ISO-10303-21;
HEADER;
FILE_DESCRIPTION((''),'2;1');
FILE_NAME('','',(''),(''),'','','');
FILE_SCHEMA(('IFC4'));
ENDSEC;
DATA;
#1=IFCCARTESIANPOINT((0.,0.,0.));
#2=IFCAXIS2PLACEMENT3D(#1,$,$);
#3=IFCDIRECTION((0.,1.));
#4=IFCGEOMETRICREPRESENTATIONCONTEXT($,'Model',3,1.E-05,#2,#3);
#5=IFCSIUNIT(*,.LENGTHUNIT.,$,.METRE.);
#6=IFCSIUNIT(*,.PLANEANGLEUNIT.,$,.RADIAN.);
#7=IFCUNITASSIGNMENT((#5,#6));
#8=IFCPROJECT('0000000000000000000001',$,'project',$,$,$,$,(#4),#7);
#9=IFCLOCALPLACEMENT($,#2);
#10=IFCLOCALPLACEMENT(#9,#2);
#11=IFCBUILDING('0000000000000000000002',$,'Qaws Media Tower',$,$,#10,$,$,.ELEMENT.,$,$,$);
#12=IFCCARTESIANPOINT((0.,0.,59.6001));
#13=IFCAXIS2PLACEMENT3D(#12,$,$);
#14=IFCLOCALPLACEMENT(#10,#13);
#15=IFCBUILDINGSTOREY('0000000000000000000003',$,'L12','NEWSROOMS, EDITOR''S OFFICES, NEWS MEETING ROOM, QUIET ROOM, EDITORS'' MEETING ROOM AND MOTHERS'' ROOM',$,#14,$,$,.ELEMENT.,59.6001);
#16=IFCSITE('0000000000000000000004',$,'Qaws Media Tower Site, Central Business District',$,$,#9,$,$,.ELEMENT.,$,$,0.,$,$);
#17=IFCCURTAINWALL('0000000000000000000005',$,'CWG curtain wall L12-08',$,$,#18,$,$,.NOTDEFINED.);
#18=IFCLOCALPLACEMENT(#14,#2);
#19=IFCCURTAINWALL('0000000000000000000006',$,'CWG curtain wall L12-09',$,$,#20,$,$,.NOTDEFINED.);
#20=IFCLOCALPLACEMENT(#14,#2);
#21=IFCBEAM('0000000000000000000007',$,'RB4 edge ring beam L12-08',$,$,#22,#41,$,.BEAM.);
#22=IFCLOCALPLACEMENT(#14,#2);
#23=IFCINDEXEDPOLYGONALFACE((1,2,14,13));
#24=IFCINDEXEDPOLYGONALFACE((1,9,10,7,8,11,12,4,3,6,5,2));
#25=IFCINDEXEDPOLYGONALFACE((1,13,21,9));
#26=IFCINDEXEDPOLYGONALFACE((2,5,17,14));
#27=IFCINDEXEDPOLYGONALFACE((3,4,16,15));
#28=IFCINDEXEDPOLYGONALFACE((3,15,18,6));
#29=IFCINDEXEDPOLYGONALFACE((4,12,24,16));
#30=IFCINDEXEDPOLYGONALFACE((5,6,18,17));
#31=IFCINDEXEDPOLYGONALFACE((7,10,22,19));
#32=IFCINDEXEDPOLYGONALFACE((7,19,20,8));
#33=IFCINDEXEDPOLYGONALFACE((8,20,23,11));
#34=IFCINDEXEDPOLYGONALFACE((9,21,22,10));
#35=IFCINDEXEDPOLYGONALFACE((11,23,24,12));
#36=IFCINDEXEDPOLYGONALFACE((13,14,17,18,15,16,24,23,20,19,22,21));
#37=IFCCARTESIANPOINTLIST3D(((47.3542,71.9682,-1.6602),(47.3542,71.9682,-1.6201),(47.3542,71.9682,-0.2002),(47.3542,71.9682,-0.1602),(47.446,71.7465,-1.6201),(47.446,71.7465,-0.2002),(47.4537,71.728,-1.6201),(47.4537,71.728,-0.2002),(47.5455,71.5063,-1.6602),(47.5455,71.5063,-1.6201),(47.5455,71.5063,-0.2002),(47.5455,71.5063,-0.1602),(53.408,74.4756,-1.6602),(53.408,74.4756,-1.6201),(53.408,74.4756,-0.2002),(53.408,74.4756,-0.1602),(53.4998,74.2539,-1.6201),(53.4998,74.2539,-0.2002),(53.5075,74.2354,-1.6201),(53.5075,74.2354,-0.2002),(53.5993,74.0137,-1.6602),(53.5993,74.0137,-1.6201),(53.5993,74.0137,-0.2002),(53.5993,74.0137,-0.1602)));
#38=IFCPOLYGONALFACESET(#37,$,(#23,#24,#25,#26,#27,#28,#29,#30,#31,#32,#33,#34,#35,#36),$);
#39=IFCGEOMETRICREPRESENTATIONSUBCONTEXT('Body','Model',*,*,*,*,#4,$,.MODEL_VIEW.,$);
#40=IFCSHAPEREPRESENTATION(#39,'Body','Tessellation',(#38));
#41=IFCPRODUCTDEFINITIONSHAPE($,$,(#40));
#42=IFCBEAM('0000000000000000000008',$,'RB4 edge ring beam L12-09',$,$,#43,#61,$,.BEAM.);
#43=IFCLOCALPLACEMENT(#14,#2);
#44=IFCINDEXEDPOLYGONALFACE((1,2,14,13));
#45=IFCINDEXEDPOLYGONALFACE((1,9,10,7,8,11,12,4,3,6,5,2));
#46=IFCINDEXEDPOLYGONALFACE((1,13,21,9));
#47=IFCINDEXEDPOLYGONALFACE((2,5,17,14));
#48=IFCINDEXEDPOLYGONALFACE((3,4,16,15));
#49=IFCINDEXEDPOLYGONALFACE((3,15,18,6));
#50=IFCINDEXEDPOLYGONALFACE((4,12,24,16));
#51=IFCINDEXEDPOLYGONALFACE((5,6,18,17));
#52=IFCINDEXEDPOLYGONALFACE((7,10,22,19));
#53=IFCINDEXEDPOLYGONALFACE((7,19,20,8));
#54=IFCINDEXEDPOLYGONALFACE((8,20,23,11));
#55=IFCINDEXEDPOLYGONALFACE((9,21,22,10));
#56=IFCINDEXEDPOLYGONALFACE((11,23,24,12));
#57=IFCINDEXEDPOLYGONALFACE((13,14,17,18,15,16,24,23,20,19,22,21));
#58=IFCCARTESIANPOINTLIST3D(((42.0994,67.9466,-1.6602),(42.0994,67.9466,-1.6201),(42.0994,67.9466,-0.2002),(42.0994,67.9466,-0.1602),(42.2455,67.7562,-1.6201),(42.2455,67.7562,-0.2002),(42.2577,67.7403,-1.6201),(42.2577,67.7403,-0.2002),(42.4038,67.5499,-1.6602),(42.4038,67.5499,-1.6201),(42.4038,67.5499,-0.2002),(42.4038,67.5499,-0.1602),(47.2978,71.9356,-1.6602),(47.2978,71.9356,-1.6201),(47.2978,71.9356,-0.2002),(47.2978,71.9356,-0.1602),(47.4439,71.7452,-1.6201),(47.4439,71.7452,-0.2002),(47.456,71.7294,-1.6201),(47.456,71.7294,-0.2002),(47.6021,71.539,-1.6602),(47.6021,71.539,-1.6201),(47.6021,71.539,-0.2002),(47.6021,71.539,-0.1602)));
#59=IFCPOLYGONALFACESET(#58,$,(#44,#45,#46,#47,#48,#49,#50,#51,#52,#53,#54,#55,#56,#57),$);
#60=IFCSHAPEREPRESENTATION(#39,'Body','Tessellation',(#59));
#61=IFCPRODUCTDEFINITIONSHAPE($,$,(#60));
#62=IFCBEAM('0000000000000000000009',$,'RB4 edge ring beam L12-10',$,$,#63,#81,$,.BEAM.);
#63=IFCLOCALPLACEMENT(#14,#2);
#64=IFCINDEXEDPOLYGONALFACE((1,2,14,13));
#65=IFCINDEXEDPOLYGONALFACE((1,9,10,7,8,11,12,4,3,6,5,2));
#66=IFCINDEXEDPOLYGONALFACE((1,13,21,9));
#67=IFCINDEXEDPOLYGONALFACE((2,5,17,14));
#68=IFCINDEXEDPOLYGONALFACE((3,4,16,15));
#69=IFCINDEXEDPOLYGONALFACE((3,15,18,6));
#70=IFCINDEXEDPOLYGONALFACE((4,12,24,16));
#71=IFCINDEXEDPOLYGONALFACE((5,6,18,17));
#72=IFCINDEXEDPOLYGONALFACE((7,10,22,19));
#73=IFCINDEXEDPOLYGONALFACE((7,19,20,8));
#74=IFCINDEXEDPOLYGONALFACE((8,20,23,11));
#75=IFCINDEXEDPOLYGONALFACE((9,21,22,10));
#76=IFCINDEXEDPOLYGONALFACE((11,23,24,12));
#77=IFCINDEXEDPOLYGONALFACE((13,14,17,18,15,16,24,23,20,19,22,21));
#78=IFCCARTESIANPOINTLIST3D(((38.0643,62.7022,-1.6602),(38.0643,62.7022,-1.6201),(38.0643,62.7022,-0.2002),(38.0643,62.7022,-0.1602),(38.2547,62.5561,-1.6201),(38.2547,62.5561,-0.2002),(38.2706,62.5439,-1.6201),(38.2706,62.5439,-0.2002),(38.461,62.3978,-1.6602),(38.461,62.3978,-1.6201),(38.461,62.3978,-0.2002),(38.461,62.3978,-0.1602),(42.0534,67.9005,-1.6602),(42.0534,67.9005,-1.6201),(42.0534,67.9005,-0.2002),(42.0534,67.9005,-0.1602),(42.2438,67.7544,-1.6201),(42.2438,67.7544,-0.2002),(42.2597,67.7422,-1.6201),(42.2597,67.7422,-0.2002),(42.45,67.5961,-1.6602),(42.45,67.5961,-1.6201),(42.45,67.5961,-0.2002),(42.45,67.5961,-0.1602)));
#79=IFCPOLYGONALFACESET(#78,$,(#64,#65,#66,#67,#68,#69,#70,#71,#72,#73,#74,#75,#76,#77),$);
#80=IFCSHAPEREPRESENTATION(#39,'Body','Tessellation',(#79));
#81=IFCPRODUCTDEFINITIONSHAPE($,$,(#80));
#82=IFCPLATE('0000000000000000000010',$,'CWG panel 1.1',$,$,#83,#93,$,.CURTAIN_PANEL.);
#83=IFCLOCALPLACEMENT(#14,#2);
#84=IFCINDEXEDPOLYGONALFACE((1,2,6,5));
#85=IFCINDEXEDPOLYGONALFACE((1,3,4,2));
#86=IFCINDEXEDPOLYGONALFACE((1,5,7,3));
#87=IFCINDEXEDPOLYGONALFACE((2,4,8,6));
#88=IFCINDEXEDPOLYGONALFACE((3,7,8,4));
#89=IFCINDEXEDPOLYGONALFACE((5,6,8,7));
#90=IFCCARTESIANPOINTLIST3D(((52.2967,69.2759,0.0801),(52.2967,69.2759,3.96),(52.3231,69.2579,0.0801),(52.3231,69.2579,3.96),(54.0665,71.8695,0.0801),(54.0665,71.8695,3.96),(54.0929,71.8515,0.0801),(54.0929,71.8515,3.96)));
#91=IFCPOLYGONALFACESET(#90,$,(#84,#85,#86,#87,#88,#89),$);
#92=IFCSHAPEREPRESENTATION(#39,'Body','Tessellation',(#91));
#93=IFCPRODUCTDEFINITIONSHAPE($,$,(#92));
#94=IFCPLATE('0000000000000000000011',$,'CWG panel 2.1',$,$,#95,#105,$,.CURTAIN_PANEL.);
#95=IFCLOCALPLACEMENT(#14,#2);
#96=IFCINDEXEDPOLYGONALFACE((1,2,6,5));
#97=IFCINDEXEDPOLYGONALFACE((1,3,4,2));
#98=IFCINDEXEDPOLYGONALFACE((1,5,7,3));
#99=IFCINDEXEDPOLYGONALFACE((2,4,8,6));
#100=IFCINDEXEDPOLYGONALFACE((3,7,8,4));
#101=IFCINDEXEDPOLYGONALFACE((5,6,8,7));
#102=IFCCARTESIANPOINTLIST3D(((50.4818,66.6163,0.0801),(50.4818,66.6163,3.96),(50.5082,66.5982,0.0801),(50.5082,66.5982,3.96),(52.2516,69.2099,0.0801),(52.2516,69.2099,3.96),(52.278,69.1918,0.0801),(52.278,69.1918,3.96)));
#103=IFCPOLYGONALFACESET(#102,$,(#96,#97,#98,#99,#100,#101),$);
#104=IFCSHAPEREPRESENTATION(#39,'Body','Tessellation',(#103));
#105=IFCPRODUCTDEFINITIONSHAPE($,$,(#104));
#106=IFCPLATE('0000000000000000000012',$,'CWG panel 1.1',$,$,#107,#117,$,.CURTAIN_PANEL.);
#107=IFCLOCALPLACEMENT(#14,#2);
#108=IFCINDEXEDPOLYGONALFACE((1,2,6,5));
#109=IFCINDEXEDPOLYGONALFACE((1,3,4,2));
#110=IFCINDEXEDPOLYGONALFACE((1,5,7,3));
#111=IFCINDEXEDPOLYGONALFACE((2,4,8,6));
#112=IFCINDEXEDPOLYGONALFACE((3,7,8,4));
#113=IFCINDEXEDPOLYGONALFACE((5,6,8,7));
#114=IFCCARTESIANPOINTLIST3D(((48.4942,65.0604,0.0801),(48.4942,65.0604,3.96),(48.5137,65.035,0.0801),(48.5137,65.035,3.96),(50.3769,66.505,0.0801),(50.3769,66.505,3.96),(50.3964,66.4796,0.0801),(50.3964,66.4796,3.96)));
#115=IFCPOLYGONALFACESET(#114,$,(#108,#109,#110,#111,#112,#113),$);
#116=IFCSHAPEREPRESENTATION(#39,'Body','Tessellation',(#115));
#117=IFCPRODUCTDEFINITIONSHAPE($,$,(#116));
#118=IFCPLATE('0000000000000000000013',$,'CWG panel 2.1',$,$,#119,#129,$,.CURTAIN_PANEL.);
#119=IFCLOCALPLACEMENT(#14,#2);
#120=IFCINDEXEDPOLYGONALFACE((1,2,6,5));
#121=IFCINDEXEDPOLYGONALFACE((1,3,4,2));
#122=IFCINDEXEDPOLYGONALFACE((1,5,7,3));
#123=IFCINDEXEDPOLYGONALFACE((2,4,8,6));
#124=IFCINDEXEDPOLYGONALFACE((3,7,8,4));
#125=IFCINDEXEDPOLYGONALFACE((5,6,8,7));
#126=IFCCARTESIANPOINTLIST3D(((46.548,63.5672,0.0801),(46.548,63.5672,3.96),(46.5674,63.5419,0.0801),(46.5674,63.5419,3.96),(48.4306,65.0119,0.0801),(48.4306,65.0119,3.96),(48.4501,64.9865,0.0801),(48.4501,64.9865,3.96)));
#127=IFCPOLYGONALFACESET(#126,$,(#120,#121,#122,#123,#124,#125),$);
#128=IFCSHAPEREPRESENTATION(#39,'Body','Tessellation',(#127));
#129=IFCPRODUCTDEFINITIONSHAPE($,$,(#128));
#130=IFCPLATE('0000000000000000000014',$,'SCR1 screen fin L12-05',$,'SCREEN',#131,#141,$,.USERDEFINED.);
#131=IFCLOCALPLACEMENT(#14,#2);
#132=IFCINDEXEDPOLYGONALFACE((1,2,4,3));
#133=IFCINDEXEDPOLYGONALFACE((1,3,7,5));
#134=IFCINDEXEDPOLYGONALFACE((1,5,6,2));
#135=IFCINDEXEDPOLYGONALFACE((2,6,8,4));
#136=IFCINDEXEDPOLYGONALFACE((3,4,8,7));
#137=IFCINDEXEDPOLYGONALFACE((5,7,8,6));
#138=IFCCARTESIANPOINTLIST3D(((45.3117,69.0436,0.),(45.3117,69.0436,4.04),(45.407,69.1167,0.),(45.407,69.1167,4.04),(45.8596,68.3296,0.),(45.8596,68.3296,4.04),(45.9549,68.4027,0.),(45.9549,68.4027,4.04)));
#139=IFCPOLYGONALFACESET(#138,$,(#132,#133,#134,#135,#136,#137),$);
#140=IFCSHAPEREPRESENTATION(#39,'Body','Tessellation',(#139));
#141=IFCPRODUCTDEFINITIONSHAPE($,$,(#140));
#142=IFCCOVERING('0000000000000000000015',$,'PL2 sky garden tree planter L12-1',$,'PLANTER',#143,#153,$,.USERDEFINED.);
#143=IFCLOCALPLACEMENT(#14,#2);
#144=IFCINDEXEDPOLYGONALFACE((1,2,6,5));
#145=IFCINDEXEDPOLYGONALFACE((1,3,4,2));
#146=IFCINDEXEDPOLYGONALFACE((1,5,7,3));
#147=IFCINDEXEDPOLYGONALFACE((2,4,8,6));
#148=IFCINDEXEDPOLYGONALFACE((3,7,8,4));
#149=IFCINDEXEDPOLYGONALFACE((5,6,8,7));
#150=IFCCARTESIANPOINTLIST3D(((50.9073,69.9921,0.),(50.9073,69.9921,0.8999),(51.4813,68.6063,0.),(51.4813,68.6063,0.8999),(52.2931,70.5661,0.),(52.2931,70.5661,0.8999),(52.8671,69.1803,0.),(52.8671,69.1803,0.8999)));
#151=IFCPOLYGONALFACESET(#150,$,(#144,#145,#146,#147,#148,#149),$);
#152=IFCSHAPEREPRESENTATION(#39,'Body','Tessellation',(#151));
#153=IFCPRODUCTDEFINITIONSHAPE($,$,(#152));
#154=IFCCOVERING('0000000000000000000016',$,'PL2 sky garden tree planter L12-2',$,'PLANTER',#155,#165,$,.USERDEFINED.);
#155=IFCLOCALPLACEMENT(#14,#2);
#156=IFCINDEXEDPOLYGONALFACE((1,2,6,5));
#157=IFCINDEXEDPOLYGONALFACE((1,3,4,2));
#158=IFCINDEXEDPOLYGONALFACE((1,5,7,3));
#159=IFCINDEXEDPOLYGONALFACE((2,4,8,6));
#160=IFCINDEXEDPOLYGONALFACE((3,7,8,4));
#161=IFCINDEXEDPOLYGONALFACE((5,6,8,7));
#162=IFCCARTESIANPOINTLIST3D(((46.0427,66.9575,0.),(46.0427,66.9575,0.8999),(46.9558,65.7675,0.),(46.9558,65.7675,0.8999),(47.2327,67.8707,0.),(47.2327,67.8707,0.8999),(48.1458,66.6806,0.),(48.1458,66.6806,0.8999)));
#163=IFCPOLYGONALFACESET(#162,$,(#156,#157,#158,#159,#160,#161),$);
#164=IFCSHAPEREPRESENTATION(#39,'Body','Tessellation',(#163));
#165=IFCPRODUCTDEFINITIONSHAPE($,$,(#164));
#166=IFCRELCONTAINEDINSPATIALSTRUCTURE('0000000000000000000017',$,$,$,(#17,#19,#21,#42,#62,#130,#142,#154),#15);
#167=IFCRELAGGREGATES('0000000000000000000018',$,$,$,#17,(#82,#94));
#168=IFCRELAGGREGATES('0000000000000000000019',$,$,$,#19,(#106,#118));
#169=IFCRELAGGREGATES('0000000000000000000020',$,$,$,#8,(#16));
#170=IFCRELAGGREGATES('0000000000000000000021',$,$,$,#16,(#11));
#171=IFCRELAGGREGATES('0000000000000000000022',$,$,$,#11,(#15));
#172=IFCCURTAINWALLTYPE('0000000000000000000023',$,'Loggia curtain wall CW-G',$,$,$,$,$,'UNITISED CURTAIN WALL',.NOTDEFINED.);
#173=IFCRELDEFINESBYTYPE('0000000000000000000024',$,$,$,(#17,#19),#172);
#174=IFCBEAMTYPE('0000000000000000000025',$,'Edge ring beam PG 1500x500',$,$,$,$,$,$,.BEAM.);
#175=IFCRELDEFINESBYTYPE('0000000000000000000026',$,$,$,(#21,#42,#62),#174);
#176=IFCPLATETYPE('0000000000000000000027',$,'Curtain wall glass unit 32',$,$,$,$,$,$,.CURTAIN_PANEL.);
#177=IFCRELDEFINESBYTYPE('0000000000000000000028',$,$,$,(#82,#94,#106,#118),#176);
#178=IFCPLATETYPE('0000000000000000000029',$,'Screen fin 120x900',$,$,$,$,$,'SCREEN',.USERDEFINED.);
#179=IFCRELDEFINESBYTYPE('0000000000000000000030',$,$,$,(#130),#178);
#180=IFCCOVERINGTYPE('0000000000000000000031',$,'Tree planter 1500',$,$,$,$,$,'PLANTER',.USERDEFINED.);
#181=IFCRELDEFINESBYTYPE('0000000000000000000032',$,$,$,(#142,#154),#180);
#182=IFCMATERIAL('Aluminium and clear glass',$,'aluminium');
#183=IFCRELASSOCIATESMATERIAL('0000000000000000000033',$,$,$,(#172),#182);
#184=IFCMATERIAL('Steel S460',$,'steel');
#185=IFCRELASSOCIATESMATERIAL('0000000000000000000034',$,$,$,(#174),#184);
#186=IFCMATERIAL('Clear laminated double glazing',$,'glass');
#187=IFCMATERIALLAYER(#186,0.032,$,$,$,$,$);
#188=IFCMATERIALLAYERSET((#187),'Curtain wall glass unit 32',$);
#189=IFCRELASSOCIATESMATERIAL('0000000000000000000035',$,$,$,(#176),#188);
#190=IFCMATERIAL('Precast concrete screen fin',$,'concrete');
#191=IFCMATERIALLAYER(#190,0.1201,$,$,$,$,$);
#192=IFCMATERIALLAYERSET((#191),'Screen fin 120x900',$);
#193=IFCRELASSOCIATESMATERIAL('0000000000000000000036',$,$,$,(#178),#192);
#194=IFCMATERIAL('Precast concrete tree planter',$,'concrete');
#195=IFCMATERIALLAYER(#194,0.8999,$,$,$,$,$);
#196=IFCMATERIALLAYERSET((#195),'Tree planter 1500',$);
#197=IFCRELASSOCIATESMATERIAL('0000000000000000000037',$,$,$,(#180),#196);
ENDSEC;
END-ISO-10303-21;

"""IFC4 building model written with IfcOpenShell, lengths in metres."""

from ifc_helpers import new_model, si_unit, direction, frame, origin, origin_2d, place, context, subcontext, project, spatial, rectangle, i_section, extrude, material, layer, layer_set, material_profile, profile_set, type_object, element, aggregate, save


model = new_model("IFC4")

# Units and contexts
model_context = context("Model", 3, precision=1e-05, world=origin(), true_north=direction((0.0, 1.0)))
body_context = subcontext(model_context, "Body", "Model", "MODEL_VIEW")
ifc_project = project(units=[si_unit("LENGTHUNIT", "METRE"), si_unit("PLANEANGLEUNIT", "RADIAN")], contexts=[model_context])

# Site, building, storey
site_placement = place(None, origin())
site = spatial("IfcSite", under=ifc_project, at=site_placement, Name="Qaws Media Tower Site, Central Business District", CompositionType="ELEMENT", RefElevation=0.0)
building_placement = place(site_placement, origin())
building = spatial("IfcBuilding", under=site, at=building_placement, Name="Qaws Media Tower", CompositionType="ELEMENT")
storey_placement = place(building_placement, frame((0.0, 0.0, 59.6001)))
storey = spatial("IfcBuildingStorey", under=building, at=storey_placement, Name="L12", Description="NEWSROOMS, EDITOR'S OFFICES, NEWS MEETING ROOM, QUIET ROOM, EDITORS' MEETING ROOM AND MOTHERS' ROOM", CompositionType="ELEMENT", Elevation=59.6001)

# Curtain walls
ifc_material_1 = material(Name="Aluminium and clear glass", Category="aluminium")
curtain_wall_type = type_object("IfcCurtainWallType", Name="Loggia curtain wall CW-G", ElementType="UNITISED CURTAIN WALL", PredefinedType="NOTDEFINED", material=ifc_material_1)
curtain_wall_1_placement = place(storey_placement, origin())
curtain_wall_1 = element("IfcCurtainWall", 1, at=curtain_wall_1_placement, inside=storey, type_object=curtain_wall_type, Name="CWG curtain wall L12-08", PredefinedType="NOTDEFINED")
curtain_wall_2_placement = place(storey_placement, origin())
curtain_wall_2 = element("IfcCurtainWall", 2, at=curtain_wall_2_placement, inside=storey, type_object=curtain_wall_type, Name="CWG curtain wall L12-09", PredefinedType="NOTDEFINED")

# Beams
ifc_material_2 = material(Name="Steel S460", Category="steel")
ifc_material_profile_1 = material_profile(ifc_material_2, i_section(OverallWidth=0.5, OverallDepth=1.5, WebThickness=0.02, FlangeThickness=0.04, at=origin_2d()), Name="PG 1500x500")
ifc_profile_set_1 = profile_set([ifc_material_profile_1], Name="Steel S460")
beam_type = type_object("IfcBeamType", Name="Edge ring beam PG 1500x500", PredefinedType="BEAM", material=ifc_profile_set_1)
for number, where, z_axis, x_axis, name in (
    (3, (53.5037, 74.2446, -0.9102), (-0.923891, -0.382657, 0.0), (0.382657, -0.923891, 0.0), "RB4 edge ring beam L12-08"),
    (4, (47.45, 71.7373, -0.9102), (-0.793334, -0.608787, 0.0), (0.608787, -0.793334, 0.0), "RB4 edge ring beam L12-09"),
    (5, (42.2517, 67.7483, -0.9102), (-0.608787, -0.793334, 0.0), (0.793334, -0.608787, 0.0), "RB4 edge ring beam L12-10"),
):
    element("IfcBeam", number, at=place(storey_placement, frame(where, z_axis=z_axis, x_axis=x_axis)), inside=storey, type_object=beam_type, Name=name, PredefinedType="BEAM", context=body_context, shape_type="SweptSolid", body=[
        extrude(i_section(OverallWidth=0.5, OverallDepth=1.5, WebThickness=0.02, FlangeThickness=0.04, at=origin_2d()), origin(), (0.0, 0.0, 1.0), 6.5525),
    ])

# Plates
ifc_material_3 = material(Name="Clear laminated double glazing", Category="glass")
ifc_layer_1 = layer(ifc_material_3, 0.032)
ifc_layer_set_1 = layer_set([ifc_layer_1], Name="Curtain wall glass unit 32")
plate_type_1 = type_object("IfcPlateType", Name="Curtain wall glass unit 32", PredefinedType="CURTAIN_PANEL", material=ifc_layer_set_1)
plate_1_placement = place(storey_placement, frame((53.1948, 70.5637, 0.0801), z_axis=(0.0, 0.0, 1.0), x_axis=(-0.563643, -0.826019, 0.0)))
plate_1 = element("IfcPlate", 6, at=plate_1_placement, type_object=plate_type_1, Name="CWG panel 1.1", PredefinedType="CURTAIN_PANEL", context=body_context, shape_type="SweptSolid", body=[
    extrude(rectangle(XDim=3.1399, YDim=0.032, at=origin_2d()), origin(), (0.0, 0.0, 1.0), 3.8799),
])
plate_2_placement = place(storey_placement, frame((51.3799, 67.9041, 0.0801), z_axis=(0.0, 0.0, 1.0), x_axis=(-0.563643, -0.826019, 0.0)))
plate_2 = element("IfcPlate", 7, at=plate_2_placement, type_object=plate_type_1, Name="CWG panel 2.1", PredefinedType="CURTAIN_PANEL", context=body_context, shape_type="SweptSolid", body=[
    extrude(rectangle(XDim=3.1399, YDim=0.032, at=origin_2d()), origin(), (0.0, 0.0, 1.0), 3.8799),
])
aggregate(curtain_wall_1, [plate_1, plate_2])
plate_3_placement = place(storey_placement, frame((49.4453, 65.77, 0.0801), z_axis=(0.0, 0.0, 1.0), x_axis=(-0.793353, -0.608761, 0.0)))
plate_3 = element("IfcPlate", 8, at=plate_3_placement, type_object=plate_type_1, Name="CWG panel 1.1", PredefinedType="CURTAIN_PANEL", context=body_context, shape_type="SweptSolid", body=[
    extrude(rectangle(XDim=2.373, YDim=0.032, at=origin_2d()), origin(), (0.0, 0.0, 1.0), 3.8799),
])
plate_4_placement = place(storey_placement, frame((47.499, 64.2769, 0.0801), z_axis=(0.0, 0.0, 1.0), x_axis=(-0.793353, -0.608761, 0.0)))
plate_4 = element("IfcPlate", 9, at=plate_4_placement, type_object=plate_type_1, Name="CWG panel 2.1", PredefinedType="CURTAIN_PANEL", context=body_context, shape_type="SweptSolid", body=[
    extrude(rectangle(XDim=2.373, YDim=0.032, at=origin_2d()), origin(), (0.0, 0.0, 1.0), 3.8799),
])
aggregate(curtain_wall_2, [plate_3, plate_4])
ifc_material_4 = material(Name="Precast concrete screen fin", Category="concrete")
ifc_layer_2 = layer(ifc_material_4, 0.1201)
ifc_layer_set_2 = layer_set([ifc_layer_2], Name="Screen fin 120x900")
plate_type_2 = type_object("IfcPlateType", Name="Screen fin 120x900", ElementType="SCREEN", PredefinedType="USERDEFINED", material=ifc_layer_set_2)
plate_5_placement = place(storey_placement, frame((45.6333, 68.7231, 0.0), z_axis=(0.0, 0.0, 1.0), x_axis=(-0.608761, 0.793353, 0.0)))
element("IfcPlate", 10, at=plate_5_placement, inside=storey, type_object=plate_type_2, Name="SCR1 screen fin L12-05", ObjectType="SCREEN", PredefinedType="USERDEFINED", context=body_context, shape_type="SweptSolid", body=[
    extrude(rectangle(XDim=0.8999, YDim=0.1201, at=origin_2d()), origin(), (0.0, 0.0, 1.0), 4.04),
])

# Coverings
ifc_material_5 = material(Name="Precast concrete tree planter", Category="concrete")
ifc_layer_3 = layer(ifc_material_5, 0.8999)
ifc_layer_set_3 = layer_set([ifc_layer_3], Name="Tree planter 1500")
covering_type = type_object("IfcCoveringType", Name="Tree planter 1500", ElementType="PLANTER", PredefinedType="USERDEFINED", material=ifc_layer_set_3)
for number, where, z_axis, x_axis, name in (
    (11, (51.8872, 69.5862, 0.0), (0.0, 0.0, 1.0), (-0.382683, 0.92388, 0.0), "PL2 sky garden tree planter L12-1"),
    (12, (47.0942, 66.8191, 0.0), (0.0, 0.0, 1.0), (-0.608761, 0.793353, 0.0), "PL2 sky garden tree planter L12-2"),
):
    element("IfcCovering", number, at=place(storey_placement, frame(where, z_axis=z_axis, x_axis=x_axis)), inside=storey, type_object=covering_type, Name=name, ObjectType="PLANTER", PredefinedType="USERDEFINED", context=body_context, shape_type="SweptSolid", body=[
        extrude(rectangle(XDim=1.5, YDim=1.5, at=origin_2d()), origin(), (0.0, 0.0, 1.0), 0.8999),
    ])

save(model, "model.ifc")
